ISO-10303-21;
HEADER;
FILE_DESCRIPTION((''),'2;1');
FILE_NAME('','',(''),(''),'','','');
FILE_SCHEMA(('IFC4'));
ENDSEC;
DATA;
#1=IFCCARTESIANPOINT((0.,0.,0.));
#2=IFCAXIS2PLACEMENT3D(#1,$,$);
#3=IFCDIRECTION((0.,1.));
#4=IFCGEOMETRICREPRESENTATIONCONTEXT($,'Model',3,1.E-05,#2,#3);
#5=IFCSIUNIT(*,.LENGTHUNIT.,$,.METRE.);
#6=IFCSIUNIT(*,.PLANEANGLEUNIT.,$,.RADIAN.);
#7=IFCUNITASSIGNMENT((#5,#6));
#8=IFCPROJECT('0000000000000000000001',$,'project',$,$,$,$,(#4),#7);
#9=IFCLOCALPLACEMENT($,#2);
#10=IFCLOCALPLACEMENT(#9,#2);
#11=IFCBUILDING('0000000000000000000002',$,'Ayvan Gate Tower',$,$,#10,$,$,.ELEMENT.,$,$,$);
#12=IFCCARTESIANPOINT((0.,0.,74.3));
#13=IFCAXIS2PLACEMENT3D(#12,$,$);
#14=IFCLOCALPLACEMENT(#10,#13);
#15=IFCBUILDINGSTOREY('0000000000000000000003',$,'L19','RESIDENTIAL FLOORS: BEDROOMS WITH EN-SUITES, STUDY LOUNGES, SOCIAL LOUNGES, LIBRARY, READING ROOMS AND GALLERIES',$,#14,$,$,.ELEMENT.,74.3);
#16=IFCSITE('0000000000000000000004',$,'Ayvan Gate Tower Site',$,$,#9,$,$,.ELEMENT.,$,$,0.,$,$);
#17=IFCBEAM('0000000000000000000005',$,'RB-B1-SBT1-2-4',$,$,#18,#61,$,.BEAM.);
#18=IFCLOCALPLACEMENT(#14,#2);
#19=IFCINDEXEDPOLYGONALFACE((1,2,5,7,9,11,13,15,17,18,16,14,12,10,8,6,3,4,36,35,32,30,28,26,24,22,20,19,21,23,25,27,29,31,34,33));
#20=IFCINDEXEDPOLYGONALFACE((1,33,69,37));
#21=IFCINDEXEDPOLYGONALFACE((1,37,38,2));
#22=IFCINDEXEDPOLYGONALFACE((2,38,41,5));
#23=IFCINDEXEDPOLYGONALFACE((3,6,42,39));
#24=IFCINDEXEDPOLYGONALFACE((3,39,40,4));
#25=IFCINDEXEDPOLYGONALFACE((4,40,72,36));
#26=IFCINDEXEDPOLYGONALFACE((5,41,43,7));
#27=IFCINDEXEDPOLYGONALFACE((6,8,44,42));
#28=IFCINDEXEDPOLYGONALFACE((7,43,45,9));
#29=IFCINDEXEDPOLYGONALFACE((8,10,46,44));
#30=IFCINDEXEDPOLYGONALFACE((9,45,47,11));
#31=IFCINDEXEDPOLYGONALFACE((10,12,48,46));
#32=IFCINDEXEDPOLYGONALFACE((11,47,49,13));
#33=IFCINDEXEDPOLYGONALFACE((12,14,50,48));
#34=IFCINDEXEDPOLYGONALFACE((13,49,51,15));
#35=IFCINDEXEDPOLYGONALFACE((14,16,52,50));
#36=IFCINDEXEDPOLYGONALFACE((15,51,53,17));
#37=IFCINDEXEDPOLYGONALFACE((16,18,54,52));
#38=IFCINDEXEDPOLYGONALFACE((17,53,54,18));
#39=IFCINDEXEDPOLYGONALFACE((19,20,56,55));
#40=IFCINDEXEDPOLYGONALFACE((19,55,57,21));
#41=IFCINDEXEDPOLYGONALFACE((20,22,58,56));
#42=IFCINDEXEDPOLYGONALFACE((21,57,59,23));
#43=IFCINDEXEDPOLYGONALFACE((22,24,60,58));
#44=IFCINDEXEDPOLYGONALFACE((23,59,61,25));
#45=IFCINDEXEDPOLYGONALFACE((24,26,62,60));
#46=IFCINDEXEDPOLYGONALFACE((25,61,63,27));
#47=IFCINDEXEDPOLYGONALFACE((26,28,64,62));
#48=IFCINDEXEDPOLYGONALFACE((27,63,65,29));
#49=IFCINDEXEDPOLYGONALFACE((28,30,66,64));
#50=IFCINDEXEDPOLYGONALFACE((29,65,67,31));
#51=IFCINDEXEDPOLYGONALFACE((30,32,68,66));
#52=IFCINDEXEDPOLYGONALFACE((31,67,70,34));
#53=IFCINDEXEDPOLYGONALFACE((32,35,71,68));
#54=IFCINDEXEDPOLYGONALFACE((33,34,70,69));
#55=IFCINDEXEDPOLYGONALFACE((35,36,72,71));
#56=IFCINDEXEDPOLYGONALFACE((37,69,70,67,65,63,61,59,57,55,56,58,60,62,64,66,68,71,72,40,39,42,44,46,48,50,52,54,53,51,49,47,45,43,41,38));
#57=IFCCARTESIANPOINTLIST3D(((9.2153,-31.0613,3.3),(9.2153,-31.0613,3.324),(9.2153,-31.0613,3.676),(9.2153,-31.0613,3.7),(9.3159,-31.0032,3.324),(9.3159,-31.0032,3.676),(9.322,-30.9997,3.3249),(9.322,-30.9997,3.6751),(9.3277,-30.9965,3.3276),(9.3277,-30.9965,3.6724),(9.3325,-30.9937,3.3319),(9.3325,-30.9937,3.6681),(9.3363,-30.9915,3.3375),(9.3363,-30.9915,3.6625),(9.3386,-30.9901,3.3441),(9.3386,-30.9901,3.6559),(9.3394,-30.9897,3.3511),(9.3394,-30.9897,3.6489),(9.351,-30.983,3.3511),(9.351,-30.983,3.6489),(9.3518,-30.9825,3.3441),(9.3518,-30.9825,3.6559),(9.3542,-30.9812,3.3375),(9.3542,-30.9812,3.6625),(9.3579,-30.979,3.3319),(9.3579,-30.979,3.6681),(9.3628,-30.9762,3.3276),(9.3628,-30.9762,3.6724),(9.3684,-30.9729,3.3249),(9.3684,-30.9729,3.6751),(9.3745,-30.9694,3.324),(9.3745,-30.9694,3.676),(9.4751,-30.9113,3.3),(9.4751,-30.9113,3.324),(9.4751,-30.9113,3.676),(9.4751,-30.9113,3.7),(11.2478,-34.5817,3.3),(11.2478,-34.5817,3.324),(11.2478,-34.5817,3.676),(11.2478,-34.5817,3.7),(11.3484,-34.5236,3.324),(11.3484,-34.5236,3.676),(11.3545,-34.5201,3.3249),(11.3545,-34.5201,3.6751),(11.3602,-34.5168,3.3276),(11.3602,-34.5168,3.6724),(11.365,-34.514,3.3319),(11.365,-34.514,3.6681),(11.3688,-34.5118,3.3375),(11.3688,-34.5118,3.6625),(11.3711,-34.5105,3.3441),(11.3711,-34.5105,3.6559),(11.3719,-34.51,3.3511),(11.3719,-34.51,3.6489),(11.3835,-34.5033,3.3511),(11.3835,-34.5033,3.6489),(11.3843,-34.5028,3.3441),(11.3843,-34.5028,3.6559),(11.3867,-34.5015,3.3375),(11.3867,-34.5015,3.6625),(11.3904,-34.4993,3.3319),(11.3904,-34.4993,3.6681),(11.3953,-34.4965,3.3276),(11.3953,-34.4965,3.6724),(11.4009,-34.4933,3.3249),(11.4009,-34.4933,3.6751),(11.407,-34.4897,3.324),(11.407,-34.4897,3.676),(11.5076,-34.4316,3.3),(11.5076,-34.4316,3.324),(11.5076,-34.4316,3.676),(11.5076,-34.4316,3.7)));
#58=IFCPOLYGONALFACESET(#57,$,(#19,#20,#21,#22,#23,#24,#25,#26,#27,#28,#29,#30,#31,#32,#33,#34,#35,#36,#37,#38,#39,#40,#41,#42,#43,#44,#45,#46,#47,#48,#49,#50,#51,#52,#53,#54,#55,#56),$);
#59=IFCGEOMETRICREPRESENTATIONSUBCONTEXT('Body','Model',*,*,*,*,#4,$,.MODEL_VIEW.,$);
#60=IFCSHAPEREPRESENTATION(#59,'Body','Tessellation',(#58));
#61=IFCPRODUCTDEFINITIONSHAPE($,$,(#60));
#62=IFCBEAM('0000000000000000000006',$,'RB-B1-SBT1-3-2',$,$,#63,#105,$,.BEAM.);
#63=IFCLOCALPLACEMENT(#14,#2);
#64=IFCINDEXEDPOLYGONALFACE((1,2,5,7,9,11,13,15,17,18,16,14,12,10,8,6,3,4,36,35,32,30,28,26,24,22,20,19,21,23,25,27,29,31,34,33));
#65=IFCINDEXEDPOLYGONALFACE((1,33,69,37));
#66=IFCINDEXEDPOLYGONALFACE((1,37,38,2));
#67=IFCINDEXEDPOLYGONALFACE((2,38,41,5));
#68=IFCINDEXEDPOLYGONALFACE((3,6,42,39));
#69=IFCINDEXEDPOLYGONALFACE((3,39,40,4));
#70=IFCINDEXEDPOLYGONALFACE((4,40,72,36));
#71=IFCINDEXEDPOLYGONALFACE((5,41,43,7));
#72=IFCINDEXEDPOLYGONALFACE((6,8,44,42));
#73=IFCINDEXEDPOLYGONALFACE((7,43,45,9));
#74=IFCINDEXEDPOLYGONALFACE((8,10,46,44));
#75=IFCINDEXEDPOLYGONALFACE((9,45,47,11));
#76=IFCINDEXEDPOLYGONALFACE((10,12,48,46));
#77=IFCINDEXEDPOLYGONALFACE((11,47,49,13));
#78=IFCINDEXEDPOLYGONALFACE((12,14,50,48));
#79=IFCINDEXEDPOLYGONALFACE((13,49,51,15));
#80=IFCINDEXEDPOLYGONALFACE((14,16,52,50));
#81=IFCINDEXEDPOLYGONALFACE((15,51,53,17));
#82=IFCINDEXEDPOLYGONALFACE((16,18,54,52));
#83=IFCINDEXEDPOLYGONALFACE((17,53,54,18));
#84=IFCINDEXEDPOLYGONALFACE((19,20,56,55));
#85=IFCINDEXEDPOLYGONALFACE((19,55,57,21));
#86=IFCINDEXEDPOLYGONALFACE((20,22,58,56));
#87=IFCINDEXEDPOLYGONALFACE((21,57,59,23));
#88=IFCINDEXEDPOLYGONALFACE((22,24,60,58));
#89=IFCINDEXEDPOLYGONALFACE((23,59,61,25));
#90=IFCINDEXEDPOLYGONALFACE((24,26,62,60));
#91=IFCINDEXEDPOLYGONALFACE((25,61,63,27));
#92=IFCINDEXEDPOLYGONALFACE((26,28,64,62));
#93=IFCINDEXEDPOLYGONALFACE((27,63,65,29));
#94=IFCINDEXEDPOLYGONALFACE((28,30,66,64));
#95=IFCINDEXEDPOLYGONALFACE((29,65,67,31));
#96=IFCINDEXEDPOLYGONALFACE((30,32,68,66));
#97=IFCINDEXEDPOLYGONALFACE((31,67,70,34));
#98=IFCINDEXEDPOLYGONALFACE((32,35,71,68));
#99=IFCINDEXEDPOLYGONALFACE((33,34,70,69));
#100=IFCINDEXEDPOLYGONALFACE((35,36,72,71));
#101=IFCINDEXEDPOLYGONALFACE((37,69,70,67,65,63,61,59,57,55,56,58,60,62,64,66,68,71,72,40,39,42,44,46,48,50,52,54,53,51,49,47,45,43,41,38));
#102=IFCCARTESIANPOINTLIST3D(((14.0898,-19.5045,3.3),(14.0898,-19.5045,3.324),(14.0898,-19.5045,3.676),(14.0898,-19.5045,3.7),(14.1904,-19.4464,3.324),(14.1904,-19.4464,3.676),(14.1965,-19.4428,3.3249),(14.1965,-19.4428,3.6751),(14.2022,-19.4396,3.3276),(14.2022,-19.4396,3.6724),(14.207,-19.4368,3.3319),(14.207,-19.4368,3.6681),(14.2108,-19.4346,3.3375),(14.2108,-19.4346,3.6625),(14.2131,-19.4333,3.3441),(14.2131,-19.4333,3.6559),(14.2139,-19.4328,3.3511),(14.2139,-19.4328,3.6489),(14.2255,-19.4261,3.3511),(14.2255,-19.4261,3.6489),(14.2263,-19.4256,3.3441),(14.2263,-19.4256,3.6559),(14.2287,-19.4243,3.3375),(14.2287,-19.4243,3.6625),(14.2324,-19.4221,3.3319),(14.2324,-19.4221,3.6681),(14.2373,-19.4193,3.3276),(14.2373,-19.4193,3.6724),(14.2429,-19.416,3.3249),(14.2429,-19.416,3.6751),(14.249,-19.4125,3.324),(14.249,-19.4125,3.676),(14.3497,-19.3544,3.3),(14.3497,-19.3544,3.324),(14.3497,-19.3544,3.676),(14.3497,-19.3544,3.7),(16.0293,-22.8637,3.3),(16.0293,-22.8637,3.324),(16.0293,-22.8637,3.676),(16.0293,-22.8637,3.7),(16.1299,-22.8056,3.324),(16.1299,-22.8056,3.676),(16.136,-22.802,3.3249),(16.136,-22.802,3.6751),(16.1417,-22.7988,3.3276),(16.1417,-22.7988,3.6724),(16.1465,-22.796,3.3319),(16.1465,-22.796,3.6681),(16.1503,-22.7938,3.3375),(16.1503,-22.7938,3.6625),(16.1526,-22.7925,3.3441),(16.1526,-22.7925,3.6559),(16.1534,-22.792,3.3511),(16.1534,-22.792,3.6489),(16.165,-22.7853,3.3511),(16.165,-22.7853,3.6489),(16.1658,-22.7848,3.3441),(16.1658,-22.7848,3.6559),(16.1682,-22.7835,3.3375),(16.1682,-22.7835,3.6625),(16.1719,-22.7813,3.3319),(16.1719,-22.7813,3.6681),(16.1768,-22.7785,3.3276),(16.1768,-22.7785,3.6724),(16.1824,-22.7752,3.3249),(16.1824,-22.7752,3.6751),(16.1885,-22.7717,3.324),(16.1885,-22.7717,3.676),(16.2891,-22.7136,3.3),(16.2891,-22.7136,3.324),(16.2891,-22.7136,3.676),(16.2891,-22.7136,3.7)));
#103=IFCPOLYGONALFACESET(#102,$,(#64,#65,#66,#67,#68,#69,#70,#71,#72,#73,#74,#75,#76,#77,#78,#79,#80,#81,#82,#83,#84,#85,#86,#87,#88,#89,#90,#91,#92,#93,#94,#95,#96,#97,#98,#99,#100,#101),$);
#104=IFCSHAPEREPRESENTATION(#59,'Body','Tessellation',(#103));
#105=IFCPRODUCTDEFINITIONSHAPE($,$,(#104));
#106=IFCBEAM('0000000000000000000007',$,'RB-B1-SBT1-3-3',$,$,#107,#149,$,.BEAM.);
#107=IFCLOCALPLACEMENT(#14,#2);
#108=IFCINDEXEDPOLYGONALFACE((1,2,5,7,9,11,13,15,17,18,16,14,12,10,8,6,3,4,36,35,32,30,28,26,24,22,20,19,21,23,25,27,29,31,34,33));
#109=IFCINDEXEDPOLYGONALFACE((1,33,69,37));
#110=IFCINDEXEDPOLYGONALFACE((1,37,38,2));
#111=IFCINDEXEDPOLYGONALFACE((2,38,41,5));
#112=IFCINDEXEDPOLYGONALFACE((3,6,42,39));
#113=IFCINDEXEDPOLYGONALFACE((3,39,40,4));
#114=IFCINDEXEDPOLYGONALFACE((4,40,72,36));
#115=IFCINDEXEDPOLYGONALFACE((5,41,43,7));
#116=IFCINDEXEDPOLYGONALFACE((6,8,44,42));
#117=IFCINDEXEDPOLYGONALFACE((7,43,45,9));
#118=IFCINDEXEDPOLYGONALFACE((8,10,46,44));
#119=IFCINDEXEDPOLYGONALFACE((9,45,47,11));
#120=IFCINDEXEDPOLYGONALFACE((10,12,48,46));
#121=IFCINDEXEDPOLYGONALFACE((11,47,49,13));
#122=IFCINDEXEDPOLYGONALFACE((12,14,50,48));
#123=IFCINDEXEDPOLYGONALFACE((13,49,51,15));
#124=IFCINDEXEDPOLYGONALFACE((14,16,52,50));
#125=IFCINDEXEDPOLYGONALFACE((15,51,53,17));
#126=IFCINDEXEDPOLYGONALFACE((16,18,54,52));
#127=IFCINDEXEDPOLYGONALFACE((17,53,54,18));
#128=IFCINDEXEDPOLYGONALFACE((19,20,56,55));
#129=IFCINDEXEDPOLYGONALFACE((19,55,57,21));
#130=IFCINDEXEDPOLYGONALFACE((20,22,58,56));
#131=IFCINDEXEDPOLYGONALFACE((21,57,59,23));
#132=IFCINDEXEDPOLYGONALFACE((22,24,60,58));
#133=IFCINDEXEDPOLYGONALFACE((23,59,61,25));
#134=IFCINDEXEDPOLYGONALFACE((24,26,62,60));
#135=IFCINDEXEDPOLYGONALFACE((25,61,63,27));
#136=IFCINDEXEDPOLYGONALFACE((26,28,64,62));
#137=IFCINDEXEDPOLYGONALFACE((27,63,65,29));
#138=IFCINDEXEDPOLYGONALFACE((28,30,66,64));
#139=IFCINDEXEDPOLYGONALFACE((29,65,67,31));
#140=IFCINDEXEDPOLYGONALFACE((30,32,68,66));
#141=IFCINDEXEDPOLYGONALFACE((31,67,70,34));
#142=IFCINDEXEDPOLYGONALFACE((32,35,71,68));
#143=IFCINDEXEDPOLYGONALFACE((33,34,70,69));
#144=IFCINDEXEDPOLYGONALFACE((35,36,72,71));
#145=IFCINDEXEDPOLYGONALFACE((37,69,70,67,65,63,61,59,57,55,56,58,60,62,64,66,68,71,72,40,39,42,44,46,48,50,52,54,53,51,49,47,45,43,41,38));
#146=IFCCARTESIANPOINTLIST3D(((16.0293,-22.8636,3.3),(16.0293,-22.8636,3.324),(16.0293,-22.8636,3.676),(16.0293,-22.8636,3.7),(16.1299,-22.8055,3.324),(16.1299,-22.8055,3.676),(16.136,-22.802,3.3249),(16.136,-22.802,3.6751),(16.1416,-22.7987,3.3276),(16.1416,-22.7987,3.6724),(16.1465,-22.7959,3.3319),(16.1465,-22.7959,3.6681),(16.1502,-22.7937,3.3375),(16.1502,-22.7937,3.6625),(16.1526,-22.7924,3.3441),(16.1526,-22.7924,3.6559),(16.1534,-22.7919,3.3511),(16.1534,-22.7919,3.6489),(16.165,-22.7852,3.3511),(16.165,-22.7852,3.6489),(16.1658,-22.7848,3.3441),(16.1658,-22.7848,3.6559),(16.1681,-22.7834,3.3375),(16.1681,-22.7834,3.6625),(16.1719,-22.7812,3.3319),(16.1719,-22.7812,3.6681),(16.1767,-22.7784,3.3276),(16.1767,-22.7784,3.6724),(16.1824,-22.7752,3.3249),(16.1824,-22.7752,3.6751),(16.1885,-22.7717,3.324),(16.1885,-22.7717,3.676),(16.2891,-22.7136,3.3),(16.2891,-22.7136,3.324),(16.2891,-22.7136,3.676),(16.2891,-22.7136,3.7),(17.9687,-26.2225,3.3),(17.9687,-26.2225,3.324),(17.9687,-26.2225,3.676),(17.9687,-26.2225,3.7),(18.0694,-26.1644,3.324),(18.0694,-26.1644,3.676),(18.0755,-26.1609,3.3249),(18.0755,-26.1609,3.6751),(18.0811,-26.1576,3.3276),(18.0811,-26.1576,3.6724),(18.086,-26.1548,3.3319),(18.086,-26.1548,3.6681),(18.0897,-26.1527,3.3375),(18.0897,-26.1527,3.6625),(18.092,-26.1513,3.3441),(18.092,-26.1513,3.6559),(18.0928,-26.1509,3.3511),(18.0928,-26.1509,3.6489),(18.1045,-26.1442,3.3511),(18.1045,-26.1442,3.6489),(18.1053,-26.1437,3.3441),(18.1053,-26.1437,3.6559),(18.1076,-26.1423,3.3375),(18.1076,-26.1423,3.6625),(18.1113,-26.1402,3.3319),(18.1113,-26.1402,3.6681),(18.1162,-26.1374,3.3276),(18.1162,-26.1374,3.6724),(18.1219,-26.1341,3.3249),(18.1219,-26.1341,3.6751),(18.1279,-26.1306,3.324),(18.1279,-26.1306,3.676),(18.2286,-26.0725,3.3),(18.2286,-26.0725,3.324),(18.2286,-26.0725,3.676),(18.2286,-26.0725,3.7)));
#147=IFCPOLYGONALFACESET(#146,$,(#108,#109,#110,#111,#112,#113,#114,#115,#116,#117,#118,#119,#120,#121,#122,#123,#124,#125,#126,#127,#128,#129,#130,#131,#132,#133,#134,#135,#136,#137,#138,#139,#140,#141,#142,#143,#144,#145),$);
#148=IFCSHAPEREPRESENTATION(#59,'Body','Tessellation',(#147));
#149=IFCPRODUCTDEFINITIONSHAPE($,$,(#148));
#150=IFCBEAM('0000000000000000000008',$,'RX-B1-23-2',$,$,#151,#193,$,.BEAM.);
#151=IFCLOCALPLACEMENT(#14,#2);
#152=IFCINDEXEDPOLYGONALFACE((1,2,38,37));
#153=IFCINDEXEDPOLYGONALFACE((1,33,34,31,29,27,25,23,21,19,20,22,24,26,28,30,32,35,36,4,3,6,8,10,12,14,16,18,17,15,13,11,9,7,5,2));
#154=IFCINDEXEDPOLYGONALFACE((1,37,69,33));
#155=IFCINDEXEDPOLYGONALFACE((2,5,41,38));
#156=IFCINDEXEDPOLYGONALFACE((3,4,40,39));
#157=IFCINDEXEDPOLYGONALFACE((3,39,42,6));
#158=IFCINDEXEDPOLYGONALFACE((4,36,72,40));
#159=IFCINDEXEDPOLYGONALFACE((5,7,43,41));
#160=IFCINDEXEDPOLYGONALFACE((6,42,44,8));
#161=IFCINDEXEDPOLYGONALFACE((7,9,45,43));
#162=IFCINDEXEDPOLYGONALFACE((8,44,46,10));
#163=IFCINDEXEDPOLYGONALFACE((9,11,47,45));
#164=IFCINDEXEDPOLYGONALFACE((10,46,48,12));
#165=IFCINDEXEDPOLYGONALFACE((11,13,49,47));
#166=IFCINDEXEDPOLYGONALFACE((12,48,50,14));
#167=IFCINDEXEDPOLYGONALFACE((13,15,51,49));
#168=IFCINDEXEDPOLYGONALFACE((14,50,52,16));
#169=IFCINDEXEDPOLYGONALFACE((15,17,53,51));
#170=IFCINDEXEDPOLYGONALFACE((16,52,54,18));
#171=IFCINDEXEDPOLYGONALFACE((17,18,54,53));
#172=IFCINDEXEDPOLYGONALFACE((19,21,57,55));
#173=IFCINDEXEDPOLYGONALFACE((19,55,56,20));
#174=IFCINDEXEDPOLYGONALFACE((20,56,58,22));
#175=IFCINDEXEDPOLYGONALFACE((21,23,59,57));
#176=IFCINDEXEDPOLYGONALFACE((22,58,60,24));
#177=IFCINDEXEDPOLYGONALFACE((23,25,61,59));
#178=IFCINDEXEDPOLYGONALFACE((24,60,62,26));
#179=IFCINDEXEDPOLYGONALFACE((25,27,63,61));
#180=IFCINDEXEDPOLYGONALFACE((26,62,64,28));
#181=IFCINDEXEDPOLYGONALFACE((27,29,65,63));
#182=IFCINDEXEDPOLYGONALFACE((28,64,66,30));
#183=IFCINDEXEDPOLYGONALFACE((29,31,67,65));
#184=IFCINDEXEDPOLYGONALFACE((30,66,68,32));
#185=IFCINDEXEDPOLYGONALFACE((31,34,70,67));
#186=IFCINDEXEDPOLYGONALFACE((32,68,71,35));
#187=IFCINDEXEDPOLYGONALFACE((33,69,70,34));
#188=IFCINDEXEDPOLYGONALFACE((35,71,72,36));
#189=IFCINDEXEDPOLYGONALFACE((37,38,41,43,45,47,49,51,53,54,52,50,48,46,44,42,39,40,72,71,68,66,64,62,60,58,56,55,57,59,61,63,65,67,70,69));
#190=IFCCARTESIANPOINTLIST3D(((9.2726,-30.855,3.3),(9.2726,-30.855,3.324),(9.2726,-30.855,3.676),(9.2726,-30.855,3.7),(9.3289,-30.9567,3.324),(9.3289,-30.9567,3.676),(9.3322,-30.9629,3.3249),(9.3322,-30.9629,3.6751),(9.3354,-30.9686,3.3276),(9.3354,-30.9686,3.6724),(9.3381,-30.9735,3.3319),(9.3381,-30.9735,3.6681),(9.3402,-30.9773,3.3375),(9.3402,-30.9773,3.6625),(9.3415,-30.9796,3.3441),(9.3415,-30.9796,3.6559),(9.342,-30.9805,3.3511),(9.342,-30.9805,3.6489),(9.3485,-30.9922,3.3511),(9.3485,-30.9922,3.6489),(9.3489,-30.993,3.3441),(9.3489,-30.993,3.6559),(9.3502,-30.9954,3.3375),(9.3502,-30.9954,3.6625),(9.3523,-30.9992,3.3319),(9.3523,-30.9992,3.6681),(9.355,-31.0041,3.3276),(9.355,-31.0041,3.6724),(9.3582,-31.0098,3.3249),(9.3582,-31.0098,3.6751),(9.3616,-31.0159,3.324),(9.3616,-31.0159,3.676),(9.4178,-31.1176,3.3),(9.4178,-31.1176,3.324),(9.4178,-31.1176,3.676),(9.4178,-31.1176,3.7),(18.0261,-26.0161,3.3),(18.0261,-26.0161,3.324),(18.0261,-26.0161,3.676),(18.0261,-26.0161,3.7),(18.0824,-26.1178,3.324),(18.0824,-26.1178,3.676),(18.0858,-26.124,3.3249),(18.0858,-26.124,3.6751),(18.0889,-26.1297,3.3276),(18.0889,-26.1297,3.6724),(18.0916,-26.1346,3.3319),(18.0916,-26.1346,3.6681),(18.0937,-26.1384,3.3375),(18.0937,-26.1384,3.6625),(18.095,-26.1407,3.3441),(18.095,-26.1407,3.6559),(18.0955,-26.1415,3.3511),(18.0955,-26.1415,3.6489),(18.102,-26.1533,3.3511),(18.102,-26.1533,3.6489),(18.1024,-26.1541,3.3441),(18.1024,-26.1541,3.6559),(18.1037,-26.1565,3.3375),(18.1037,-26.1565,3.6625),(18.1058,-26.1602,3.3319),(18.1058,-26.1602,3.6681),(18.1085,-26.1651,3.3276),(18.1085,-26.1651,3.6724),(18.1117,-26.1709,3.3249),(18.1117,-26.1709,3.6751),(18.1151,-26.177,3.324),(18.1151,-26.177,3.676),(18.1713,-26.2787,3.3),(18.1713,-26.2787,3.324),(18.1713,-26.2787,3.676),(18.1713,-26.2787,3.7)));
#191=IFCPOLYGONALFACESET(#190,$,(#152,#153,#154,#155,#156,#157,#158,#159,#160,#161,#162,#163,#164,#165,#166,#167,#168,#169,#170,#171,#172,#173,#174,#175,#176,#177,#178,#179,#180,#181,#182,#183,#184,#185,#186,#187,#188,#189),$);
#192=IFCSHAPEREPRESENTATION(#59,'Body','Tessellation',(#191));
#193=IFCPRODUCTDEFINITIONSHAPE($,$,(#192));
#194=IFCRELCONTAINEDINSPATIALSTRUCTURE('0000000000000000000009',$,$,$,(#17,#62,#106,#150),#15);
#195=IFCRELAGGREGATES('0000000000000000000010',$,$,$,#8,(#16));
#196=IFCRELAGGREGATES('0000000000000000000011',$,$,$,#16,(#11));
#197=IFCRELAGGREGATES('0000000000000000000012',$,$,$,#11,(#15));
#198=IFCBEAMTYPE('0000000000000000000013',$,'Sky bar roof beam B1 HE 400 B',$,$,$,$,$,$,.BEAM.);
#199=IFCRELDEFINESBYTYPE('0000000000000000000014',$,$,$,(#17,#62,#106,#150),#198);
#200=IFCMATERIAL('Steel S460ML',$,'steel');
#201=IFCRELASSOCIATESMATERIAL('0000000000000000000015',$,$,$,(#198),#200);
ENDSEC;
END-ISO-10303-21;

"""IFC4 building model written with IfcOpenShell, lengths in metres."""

from ifc_helpers import new_model, si_unit, direction, frame, origin, origin_2d, place, context, subcontext, project, spatial, i_section, extrude, material, material_profile, profile_set, type_object, element, save


model = new_model("IFC4")

# Units and contexts
model_context = context("Model", 3, precision=1e-05, world=origin(), true_north=direction((0.0, 1.0)))
body_context = subcontext(model_context, "Body", "Model", "MODEL_VIEW")
ifc_project = project(units=[si_unit("LENGTHUNIT", "METRE"), si_unit("PLANEANGLEUNIT", "RADIAN")], contexts=[model_context])

# Site, building, storey
site_placement = place(None, origin())
site = spatial("IfcSite", under=ifc_project, at=site_placement, Name="Ayvan Gate Tower Site", CompositionType="ELEMENT", RefElevation=0.0)
building_placement = place(site_placement, origin())
building = spatial("IfcBuilding", under=site, at=building_placement, Name="Ayvan Gate Tower", CompositionType="ELEMENT")
storey_placement = place(building_placement, frame((0.0, 0.0, 74.3)))
storey = spatial("IfcBuildingStorey", under=building, at=storey_placement, Name="L19", Description="RESIDENTIAL FLOORS: BEDROOMS WITH EN-SUITES, STUDY LOUNGES, SOCIAL LOUNGES, LIBRARY, READING ROOMS AND GALLERIES", CompositionType="ELEMENT", Elevation=74.3)

# Beams
ifc_material_1 = material(Name="Steel S460ML", Category="steel")
ifc_material_profile_1 = material_profile(ifc_material_1, i_section(OverallWidth=0.3, OverallDepth=0.3999, WebThickness=0.0134, FlangeThickness=0.0239, FilletRadius=0.0271, at=origin_2d()), Name="HE 400 B")
ifc_profile_set_1 = profile_set([ifc_material_profile_1], Name="Steel S460ML")
beam_type_1 = type_object("IfcBeamType", Name="Sky bar roof beam B1 HE 400 B", PredefinedType="BEAM", material=ifc_profile_set_1)
for number, where, z_axis, x_axis, name in (
    (1, (9.3452, -30.9863, 3.5), (0.500008, -0.866021, 0.0), (0.866021, 0.500008, 0.0), "RB-B1-SBT1-2-4"),
):
    element("IfcBeam", number, at=place(storey_placement, frame(where, z_axis=z_axis, x_axis=x_axis)), inside=storey, type_object=beam_type_1, Name=name, PredefinedType="BEAM", context=body_context, shape_type="SweptSolid", body=[
        extrude(i_section(OverallWidth=0.3, OverallDepth=0.3999, WebThickness=0.0134, FlangeThickness=0.0239, FilletRadius=0.0271, at=origin_2d()), origin(), (0.0, 0.0, 1.0), 4.0649),
    ])
beam_1_placement = place(storey_placement, frame((14.2197, -19.4294, 3.5), z_axis=(0.500011, -0.866019, 0.0), x_axis=(0.866019, 0.500011, 0.0)))
element("IfcBeam", 2, at=beam_1_placement, inside=storey, type_object=beam_type_1, Name="RB-B1-SBT1-3-2", PredefinedType="BEAM", context=body_context, shape_type="SweptSolid", body=[
    extrude(i_section(OverallWidth=0.3, OverallDepth=0.3999, WebThickness=0.0134, FlangeThickness=0.0239, FilletRadius=0.0271, at=origin_2d()), origin(), (0.0, 0.0, 1.0), 3.8789),
])
beam_2_placement = place(storey_placement, frame((16.1592, -22.7886, 3.5), z_axis=(0.500038, -0.866003, 0.0), x_axis=(0.866003, 0.500038, 0.0)))
element("IfcBeam", 3, at=beam_2_placement, inside=storey, type_object=beam_type_1, Name="RB-B1-SBT1-3-3", PredefinedType="BEAM", context=body_context, shape_type="SweptSolid", body=[
    extrude(i_section(OverallWidth=0.3, OverallDepth=0.3999, WebThickness=0.0134, FlangeThickness=0.0239, FilletRadius=0.0271, at=origin_2d()), origin(), (0.0, 0.0, 1.0), 3.8787),
])
beam_3_placement = place(storey_placement, frame((9.3452, -30.9863, 3.5), z_axis=(0.87518, 0.483797, 0.0), x_axis=(-0.483797, 0.87518, 0.0)))
element("IfcBeam", 4, at=beam_3_placement, inside=storey, type_object=beam_type_1, Name="RX-B1-23-2", PredefinedType="BEAM", context=body_context, shape_type="SweptSolid", body=[
    extrude(i_section(OverallWidth=0.3, OverallDepth=0.3999, WebThickness=0.0134, FlangeThickness=0.0239, FilletRadius=0.0271, at=origin_2d()), origin(), (0.0, 0.0, 1.0), 10.002),
])

save(model, "model.ifc")
